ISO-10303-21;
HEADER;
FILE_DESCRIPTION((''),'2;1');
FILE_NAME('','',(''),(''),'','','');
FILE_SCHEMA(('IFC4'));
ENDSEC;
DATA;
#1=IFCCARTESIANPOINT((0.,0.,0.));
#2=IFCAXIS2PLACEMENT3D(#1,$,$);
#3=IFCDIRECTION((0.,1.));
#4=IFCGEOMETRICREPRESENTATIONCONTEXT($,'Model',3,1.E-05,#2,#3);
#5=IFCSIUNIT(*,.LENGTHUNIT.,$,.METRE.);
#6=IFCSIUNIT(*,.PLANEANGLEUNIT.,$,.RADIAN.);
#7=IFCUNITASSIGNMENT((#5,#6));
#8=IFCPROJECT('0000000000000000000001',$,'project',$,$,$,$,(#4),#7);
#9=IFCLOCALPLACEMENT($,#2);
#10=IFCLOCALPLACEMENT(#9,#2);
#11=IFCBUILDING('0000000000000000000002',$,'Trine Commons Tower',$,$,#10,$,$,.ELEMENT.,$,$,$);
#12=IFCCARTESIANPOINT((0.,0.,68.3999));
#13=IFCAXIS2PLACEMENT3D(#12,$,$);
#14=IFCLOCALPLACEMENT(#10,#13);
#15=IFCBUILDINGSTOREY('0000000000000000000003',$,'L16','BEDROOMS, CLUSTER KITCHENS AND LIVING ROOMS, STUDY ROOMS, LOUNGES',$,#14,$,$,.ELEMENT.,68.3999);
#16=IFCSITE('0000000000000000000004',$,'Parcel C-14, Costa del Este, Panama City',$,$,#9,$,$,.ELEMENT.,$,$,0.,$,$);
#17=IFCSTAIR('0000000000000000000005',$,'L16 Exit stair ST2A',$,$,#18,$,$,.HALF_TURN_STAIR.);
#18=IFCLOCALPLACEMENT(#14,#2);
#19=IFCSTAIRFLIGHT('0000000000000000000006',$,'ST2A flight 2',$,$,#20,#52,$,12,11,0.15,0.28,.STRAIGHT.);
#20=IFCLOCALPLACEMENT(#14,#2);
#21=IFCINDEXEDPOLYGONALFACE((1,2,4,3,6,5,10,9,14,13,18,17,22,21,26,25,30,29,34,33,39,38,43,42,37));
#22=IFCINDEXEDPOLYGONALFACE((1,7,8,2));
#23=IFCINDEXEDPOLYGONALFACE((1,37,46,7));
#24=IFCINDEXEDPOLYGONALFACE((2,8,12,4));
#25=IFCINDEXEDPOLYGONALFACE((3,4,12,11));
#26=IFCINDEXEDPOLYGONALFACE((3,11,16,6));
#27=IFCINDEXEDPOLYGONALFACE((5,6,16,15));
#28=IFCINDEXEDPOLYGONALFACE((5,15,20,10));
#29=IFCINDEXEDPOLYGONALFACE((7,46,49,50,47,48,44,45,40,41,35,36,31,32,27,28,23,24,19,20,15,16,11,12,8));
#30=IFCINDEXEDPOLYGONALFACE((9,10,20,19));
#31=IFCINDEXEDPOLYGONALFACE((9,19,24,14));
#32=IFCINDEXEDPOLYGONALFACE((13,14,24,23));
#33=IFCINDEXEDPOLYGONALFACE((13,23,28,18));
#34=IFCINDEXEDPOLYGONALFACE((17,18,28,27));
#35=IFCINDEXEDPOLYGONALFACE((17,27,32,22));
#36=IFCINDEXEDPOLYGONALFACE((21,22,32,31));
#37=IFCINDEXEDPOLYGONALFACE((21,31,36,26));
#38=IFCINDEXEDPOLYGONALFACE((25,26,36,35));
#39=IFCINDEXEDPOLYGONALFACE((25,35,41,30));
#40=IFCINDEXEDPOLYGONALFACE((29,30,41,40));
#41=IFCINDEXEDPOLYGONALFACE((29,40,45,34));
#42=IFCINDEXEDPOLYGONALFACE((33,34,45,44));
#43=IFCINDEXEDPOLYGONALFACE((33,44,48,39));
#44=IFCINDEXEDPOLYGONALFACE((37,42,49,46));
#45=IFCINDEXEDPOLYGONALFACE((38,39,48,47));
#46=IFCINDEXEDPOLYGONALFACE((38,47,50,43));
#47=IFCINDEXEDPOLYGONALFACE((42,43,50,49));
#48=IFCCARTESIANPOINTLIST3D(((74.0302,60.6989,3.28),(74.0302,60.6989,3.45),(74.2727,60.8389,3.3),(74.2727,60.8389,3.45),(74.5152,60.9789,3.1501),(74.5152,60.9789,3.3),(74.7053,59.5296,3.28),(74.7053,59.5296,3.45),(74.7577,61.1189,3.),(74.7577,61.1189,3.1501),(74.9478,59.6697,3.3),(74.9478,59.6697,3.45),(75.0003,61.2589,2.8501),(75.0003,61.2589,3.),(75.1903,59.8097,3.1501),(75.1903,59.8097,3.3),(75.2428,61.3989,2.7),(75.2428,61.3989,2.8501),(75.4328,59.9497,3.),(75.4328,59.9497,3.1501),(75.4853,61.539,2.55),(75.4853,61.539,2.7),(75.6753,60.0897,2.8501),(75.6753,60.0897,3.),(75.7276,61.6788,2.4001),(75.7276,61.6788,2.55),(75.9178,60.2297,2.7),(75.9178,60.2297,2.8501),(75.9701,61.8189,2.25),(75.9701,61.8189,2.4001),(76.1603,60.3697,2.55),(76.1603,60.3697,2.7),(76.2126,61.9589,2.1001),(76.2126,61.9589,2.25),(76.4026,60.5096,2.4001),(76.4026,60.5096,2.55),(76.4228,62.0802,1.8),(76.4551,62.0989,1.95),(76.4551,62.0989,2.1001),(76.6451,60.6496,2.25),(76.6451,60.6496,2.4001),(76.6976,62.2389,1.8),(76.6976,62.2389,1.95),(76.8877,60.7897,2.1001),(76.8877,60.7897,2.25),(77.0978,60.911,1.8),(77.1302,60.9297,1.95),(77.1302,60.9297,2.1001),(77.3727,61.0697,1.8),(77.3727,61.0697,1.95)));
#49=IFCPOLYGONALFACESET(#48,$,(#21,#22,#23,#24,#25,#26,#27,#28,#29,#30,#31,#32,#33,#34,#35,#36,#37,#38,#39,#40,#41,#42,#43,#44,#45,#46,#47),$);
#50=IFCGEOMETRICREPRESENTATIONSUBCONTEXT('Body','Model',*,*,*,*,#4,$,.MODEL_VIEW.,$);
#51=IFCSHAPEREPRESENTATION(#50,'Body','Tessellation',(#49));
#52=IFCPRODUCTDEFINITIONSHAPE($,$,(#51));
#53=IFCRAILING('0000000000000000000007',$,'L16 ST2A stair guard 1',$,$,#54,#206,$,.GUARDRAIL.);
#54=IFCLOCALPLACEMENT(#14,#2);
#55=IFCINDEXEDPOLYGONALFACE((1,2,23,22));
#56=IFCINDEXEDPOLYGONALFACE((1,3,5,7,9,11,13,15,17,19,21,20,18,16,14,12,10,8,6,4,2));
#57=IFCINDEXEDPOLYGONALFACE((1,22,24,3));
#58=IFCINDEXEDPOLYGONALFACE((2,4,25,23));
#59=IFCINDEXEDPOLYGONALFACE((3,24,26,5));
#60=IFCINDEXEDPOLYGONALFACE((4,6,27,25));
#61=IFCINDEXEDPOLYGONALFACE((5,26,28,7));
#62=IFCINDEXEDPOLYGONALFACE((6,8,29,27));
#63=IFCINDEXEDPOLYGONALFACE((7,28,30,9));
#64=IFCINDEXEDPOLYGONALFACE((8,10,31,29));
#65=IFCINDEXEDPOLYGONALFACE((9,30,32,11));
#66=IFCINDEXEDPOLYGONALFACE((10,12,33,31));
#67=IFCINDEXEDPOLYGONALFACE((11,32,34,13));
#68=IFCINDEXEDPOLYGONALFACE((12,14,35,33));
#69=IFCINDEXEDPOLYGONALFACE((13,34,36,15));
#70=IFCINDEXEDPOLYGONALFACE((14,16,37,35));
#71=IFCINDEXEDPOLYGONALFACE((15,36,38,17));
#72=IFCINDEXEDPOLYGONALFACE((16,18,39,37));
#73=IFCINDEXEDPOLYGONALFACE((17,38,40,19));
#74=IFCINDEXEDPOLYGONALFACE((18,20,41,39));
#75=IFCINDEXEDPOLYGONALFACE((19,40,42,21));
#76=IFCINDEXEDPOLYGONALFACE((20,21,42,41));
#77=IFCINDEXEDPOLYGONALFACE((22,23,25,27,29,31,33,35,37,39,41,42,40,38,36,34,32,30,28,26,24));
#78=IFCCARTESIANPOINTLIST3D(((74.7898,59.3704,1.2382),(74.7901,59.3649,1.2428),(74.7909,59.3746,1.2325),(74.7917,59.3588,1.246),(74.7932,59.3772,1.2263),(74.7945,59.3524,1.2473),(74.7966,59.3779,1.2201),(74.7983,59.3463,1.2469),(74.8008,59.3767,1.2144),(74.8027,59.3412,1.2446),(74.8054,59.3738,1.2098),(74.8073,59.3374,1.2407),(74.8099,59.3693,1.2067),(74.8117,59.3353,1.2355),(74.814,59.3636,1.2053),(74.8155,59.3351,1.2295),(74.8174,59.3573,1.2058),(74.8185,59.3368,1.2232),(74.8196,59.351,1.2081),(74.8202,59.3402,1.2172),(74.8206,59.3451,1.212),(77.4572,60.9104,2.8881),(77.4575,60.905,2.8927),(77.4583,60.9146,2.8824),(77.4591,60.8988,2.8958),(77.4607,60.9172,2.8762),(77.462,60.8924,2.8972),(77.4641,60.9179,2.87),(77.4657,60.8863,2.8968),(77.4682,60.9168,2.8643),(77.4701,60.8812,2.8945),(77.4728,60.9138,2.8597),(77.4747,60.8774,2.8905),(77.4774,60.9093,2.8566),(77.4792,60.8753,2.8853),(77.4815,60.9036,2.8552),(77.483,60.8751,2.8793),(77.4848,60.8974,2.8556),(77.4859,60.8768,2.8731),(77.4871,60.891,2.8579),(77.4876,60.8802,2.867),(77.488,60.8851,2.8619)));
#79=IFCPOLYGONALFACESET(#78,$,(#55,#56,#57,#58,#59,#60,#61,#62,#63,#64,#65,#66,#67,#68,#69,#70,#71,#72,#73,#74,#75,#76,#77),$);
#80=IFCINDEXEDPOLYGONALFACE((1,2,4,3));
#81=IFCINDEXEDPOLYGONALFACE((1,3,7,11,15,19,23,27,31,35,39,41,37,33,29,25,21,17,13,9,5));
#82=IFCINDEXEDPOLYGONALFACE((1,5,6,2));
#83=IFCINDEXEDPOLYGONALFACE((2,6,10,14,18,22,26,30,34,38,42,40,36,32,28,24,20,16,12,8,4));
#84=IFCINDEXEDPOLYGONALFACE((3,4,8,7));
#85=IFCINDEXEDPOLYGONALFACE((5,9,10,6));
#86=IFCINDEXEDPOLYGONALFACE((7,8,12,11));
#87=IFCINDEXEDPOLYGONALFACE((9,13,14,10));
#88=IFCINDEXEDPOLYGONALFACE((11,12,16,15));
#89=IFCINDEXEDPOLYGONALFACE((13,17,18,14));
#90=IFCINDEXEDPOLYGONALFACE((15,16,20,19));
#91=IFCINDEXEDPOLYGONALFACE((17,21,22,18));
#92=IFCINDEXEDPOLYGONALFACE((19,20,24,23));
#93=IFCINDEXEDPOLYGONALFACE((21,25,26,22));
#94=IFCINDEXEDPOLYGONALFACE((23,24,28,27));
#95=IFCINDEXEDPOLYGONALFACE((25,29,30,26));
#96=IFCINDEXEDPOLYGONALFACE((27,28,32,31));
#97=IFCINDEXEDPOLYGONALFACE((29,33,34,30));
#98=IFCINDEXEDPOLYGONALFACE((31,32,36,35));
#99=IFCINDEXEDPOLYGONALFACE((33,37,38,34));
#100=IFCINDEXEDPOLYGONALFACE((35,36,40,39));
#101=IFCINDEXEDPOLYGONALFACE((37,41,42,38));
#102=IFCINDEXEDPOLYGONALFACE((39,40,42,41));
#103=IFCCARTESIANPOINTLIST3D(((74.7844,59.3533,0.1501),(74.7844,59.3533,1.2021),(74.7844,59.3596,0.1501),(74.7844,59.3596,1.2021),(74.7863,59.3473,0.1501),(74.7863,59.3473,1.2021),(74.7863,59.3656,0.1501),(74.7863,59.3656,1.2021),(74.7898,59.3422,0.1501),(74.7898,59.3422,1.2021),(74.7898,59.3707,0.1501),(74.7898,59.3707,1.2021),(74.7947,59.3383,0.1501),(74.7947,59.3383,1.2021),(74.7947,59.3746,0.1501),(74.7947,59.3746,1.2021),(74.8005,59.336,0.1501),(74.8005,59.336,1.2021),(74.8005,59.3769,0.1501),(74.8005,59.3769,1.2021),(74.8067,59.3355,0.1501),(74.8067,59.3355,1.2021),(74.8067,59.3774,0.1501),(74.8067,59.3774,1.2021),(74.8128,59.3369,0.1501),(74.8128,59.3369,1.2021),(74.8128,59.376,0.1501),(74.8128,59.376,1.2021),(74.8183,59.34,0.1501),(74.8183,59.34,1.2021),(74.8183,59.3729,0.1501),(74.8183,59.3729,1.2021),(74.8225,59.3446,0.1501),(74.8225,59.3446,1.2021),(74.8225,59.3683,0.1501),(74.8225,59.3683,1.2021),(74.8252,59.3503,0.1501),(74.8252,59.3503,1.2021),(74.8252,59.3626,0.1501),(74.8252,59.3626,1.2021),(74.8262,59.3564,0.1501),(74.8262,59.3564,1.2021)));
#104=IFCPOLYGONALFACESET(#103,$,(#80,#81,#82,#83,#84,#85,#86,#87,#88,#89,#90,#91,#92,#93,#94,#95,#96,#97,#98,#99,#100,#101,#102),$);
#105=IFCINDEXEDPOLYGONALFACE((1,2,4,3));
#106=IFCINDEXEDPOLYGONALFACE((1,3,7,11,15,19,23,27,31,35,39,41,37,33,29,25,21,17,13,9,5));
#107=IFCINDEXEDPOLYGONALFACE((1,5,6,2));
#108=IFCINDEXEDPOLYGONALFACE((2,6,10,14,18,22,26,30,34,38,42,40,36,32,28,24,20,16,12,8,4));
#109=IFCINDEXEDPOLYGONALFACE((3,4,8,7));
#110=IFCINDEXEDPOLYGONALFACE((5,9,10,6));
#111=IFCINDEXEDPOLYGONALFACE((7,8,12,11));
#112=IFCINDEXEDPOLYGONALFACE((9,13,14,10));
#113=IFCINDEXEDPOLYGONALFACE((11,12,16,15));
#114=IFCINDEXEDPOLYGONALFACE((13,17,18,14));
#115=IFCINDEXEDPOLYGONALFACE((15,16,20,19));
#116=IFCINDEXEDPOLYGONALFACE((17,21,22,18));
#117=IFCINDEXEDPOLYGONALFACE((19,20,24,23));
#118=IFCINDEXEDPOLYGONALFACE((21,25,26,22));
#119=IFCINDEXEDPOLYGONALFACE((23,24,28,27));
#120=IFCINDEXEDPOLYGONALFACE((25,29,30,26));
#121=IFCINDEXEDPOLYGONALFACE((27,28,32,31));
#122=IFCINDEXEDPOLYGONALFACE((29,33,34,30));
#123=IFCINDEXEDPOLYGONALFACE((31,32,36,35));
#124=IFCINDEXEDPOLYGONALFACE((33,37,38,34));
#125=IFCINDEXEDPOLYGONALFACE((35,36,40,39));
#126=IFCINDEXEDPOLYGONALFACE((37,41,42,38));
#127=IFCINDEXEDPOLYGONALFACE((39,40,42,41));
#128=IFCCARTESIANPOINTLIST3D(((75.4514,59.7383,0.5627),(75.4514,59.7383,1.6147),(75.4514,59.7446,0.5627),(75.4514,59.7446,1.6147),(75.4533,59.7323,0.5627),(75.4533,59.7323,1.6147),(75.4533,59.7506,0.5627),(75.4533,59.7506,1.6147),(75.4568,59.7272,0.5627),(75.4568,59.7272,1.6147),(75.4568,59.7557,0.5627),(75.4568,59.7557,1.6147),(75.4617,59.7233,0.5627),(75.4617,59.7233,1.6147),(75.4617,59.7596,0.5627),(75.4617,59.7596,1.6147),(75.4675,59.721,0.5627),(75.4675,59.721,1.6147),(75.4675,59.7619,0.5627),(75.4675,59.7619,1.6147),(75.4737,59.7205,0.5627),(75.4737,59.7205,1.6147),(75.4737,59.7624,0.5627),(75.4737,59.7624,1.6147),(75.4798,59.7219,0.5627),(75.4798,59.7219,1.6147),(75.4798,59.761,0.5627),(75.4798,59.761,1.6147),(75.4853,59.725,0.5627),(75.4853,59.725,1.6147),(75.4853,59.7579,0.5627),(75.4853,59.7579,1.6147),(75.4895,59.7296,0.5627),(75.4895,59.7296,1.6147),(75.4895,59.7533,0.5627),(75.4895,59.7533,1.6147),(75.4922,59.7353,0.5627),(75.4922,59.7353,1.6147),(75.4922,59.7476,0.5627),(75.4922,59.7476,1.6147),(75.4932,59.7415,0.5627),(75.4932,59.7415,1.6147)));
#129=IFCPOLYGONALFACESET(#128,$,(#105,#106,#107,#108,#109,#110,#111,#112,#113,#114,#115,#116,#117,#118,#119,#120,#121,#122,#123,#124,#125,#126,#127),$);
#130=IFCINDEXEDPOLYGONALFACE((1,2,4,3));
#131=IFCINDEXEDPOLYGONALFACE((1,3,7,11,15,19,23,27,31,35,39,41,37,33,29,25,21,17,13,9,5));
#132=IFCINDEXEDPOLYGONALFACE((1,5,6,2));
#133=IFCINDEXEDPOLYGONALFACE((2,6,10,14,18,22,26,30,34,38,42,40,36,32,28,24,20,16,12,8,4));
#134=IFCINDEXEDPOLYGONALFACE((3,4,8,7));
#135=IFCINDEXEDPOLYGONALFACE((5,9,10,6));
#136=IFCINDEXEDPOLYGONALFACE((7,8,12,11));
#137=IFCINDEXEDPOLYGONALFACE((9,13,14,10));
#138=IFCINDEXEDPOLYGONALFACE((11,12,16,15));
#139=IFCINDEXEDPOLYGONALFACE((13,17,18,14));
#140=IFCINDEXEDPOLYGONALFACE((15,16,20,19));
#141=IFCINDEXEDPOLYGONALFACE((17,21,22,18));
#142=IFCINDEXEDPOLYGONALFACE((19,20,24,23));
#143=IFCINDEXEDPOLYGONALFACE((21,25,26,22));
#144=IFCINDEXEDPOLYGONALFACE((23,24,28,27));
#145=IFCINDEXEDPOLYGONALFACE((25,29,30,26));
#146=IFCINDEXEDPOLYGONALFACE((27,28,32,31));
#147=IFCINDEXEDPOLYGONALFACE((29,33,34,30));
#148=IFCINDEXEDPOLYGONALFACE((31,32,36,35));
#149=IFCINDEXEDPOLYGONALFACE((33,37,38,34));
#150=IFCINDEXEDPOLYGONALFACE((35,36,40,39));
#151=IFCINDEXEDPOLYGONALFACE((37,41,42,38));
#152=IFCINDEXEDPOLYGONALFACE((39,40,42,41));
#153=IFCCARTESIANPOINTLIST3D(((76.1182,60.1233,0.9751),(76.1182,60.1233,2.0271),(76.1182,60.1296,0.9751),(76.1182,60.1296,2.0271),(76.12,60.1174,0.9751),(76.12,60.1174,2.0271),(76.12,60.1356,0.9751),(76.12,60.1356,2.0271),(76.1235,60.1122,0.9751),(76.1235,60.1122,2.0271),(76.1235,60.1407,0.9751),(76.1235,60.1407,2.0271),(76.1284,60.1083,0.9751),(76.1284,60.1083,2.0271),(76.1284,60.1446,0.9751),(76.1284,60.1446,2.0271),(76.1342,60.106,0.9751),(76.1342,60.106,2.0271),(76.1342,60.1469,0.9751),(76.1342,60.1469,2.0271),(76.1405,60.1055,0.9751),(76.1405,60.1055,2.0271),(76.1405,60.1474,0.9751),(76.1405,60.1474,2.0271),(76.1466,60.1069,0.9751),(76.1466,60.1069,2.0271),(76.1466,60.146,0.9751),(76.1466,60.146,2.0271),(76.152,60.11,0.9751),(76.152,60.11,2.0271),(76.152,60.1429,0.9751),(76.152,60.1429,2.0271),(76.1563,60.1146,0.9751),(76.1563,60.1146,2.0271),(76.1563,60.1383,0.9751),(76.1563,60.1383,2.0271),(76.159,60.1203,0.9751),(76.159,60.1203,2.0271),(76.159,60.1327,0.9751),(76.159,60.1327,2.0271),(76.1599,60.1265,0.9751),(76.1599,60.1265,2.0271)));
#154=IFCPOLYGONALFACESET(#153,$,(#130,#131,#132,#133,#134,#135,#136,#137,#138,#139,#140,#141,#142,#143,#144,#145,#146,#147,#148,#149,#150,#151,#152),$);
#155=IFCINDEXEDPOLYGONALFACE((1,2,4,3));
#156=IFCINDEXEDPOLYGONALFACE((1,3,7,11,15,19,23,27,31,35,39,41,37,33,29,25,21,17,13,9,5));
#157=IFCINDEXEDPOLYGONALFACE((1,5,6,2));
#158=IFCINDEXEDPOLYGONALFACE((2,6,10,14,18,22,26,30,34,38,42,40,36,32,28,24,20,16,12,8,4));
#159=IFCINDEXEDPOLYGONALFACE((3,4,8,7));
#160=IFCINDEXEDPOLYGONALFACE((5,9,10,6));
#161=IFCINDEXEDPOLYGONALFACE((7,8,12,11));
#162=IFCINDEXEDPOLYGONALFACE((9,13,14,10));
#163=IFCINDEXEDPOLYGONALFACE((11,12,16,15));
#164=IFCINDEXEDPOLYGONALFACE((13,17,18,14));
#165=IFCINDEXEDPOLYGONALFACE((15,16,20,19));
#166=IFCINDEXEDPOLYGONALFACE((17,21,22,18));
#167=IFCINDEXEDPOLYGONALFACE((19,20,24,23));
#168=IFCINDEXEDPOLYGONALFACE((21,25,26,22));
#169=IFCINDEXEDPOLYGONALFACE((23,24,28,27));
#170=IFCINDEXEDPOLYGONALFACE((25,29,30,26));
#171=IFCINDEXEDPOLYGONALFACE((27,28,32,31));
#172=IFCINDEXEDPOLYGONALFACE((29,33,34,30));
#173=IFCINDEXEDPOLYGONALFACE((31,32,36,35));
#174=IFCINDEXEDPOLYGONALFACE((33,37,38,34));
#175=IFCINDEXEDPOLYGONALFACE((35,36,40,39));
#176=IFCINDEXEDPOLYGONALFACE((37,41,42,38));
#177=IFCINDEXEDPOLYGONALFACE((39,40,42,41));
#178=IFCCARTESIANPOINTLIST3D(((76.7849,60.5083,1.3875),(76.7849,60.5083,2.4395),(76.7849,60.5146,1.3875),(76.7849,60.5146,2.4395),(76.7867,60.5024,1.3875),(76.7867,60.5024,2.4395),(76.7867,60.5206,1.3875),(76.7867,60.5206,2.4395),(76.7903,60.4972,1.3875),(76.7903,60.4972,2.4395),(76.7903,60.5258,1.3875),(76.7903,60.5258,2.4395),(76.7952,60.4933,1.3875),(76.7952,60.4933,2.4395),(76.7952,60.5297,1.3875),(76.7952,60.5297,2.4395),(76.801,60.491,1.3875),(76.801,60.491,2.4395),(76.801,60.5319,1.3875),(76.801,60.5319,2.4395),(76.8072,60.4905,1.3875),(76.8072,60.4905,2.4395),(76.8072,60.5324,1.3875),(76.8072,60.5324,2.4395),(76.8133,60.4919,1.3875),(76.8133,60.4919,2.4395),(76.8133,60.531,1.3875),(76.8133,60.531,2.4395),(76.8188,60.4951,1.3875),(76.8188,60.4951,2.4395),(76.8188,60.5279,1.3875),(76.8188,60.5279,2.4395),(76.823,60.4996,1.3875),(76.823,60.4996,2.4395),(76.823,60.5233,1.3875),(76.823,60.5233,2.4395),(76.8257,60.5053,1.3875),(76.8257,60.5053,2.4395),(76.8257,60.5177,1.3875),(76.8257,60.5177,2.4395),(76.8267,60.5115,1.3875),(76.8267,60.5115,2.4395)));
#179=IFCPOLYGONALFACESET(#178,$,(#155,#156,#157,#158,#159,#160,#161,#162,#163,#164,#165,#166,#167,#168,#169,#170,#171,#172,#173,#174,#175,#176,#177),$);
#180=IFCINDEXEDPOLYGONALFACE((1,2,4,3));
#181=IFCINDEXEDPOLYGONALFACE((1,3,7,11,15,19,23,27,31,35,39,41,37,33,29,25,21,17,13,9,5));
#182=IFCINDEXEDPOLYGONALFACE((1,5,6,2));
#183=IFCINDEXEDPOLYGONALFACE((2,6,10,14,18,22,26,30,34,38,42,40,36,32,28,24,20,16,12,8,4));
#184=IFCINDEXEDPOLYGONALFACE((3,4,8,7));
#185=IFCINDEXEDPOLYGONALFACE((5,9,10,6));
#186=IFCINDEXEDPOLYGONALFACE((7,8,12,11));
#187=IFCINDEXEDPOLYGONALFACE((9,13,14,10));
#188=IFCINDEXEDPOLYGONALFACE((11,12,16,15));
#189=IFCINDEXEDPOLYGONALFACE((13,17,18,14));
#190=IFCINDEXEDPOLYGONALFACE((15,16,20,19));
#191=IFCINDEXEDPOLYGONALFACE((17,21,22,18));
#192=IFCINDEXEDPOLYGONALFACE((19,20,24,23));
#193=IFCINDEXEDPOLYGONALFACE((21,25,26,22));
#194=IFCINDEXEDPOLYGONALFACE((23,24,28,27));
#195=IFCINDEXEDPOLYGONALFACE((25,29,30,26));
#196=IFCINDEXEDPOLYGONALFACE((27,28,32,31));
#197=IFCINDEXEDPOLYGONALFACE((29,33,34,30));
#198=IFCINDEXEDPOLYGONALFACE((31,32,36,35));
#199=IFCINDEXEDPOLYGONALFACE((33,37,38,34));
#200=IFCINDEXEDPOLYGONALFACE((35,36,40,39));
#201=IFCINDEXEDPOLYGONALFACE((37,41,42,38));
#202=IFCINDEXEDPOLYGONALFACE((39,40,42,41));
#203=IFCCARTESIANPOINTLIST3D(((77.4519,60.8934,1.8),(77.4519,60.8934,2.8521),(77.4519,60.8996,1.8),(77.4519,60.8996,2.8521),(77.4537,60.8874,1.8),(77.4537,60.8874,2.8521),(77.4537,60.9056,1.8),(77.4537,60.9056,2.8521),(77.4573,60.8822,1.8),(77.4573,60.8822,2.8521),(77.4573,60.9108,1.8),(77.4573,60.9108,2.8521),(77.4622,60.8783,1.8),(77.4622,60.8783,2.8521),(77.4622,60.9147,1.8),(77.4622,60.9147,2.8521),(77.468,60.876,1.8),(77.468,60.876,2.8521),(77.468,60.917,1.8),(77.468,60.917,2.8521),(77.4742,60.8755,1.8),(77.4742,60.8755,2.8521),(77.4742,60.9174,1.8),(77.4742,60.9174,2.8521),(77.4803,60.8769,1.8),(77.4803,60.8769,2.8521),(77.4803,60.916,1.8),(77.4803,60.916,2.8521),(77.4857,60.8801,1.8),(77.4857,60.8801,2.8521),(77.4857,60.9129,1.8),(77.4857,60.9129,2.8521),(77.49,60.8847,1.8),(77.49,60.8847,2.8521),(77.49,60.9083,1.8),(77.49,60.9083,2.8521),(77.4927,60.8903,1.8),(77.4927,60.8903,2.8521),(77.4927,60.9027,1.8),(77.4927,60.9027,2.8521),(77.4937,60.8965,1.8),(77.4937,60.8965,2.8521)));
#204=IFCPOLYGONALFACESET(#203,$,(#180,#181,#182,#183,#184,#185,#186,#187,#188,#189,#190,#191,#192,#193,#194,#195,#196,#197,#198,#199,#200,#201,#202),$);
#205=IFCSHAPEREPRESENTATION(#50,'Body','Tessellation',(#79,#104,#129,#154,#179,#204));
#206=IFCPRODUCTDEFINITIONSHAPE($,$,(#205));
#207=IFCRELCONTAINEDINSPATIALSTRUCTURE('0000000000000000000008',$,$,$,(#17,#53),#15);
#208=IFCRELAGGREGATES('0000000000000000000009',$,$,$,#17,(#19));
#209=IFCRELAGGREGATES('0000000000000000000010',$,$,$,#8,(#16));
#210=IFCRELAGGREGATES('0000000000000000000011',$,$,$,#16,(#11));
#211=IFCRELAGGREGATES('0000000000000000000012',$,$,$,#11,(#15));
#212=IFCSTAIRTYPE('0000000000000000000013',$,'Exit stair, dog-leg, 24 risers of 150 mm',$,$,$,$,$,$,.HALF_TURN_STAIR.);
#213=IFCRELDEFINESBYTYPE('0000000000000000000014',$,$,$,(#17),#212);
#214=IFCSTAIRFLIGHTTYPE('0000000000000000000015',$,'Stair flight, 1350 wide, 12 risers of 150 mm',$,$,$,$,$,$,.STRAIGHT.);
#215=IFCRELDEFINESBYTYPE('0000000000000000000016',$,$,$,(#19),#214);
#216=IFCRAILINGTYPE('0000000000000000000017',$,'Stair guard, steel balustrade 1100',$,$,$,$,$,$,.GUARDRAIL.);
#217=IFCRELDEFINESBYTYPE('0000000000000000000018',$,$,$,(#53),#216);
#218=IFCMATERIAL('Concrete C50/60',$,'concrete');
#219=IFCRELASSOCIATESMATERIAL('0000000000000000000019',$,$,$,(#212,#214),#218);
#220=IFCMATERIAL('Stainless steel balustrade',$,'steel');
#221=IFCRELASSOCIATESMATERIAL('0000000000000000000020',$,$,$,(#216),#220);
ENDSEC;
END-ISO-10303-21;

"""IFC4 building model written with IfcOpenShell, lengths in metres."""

from ifc_helpers import new_model, si_unit, direction, frame, origin, origin_2d, place, context, subcontext, project, spatial, polyline, circle, outline, extrude, material, type_object, element, aggregate, save


model = new_model("IFC4")

# Units and contexts
model_context = context("Model", 3, precision=1e-05, world=origin(), true_north=direction((0.0, 1.0)))
body_context = subcontext(model_context, "Body", "Model", "MODEL_VIEW")
ifc_project = project(units=[si_unit("LENGTHUNIT", "METRE"), si_unit("PLANEANGLEUNIT", "RADIAN")], contexts=[model_context])

# Site, building, storey
site_placement = place(None, origin())
site = spatial("IfcSite", under=ifc_project, at=site_placement, Name="Parcel C-14, Costa del Este, Panama City", CompositionType="ELEMENT", RefElevation=0.0)
building_placement = place(site_placement, origin())
building = spatial("IfcBuilding", under=site, at=building_placement, Name="Trine Commons Tower", CompositionType="ELEMENT")
storey_placement = place(building_placement, frame((0.0, 0.0, 68.3999)))
storey = spatial("IfcBuildingStorey", under=building, at=storey_placement, Name="L16", Description="BEDROOMS, CLUSTER KITCHENS AND LIVING ROOMS, STUDY ROOMS, LOUNGES", CompositionType="ELEMENT", Elevation=68.3999)

# Stair, stair flight
ifc_material_1 = material(Name="Concrete C50/60", Category="concrete")
stair_type = type_object("IfcStairType", Name="Exit stair, dog-leg, 24 risers of 150 mm", PredefinedType="HALF_TURN_STAIR", material=ifc_material_1)
stair_placement = place(storey_placement, origin())
stair = element("IfcStair", 1, at=stair_placement, inside=storey, type_object=stair_type, Name="L16 Exit stair ST2A", PredefinedType="HALF_TURN_STAIR")
stair_flight_type = type_object("IfcStairFlightType", Name="Stair flight, 1350 wide, 12 risers of 150 mm", PredefinedType="STRAIGHT", material=ifc_material_1)
stair_flight_1_placement = place(storey_placement, frame((77.0352, 61.6543, 1.8), z_axis=(0.0, 0.0, 1.0), x_axis=(-0.866025, -0.5, 0.0)))
stair_flight_1 = element("IfcStairFlight", 2, at=stair_flight_1_placement, type_object=stair_flight_type, Name="ST2A flight 2", NumberOfRisers=12, NumberOfTreads=11, PredefinedType="STRAIGHT", RiserHeight=0.15, TreadLength=0.28, context=body_context, shape_type="SweptSolid", body=[
    extrude(outline(polyline([(0.0, 0.0), (0.0, 0.1499), (0.28, 0.1499), (0.28, 0.3), (0.5601, 0.3), (0.5601, 0.45), (0.8401, 0.45), (0.8401, 0.6001), (1.1201, 0.6001), (1.1201, 0.75), (1.3999, 0.75), (1.3999, 0.8999), (1.6799, 0.8999), (1.6799, 1.05), (1.96, 1.05), (1.96, 1.2), (2.24, 1.2), (2.24, 1.3501), (2.52, 1.3501), (2.52, 1.5), (2.8, 1.5), (2.8, 1.6499), (3.0801, 1.6499), (3.0801, 1.8), (3.0801, 1.48), (0.3174, 0.0), (0.0, 0.0)])), frame((0.0, 0.675, 0.0), z_axis=(0.0, -1.0, 0.0), x_axis=(1.0, 0.0, 0.0)), (0.0, 0.0, 1.0), 1.3501),
])
aggregate(stair, [stair_flight_1])

# Railing
ifc_material_2 = material(Name="Stainless steel balustrade", Category="steel")
railing_type_1 = type_object("IfcRailingType", Name="Stair guard, steel balustrade 1100", PredefinedType="GUARDRAIL", material=ifc_material_2)
railing_1_placement = place(storey_placement, frame((74.8052, 59.3564, 0.1501)))
element("IfcRailing", 3, at=railing_1_placement, inside=storey, type_object=railing_type_1, Name="L16 ST2A stair guard 1", PredefinedType="GUARDRAIL", context=body_context, shape_type="SweptSolid", body=[
    extrude(circle(Radius=0.0239, at=origin_2d()), frame((0.0, 0.0, 1.0762), z_axis=(0.763405, 0.440743, 0.472185), x_axis=(-0.499992, 0.86603, 0.0)), (0.0, 0.0, 1.0), 3.4941),
    extrude(circle(Radius=0.021, at=origin_2d()), origin(), (0.0, 0.0, 1.0), 1.052),
    extrude(circle(Radius=0.021, at=origin_2d()), frame((0.667, 0.385, 0.4126)), (0.0, 0.0, 1.0), 1.052),
    extrude(circle(Radius=0.021, at=origin_2d()), frame((1.3337, 0.77, 0.825)), (0.0, 0.0, 1.0), 1.052),
    extrude(circle(Radius=0.021, at=origin_2d()), frame((2.0005, 1.155, 1.2373)), (0.0, 0.0, 1.0), 1.052),
    extrude(circle(Radius=0.021, at=origin_2d()), frame((2.6675, 1.54, 1.6499)), (0.0, 0.0, 1.0), 1.052),
])

save(model, "model.ifc")
